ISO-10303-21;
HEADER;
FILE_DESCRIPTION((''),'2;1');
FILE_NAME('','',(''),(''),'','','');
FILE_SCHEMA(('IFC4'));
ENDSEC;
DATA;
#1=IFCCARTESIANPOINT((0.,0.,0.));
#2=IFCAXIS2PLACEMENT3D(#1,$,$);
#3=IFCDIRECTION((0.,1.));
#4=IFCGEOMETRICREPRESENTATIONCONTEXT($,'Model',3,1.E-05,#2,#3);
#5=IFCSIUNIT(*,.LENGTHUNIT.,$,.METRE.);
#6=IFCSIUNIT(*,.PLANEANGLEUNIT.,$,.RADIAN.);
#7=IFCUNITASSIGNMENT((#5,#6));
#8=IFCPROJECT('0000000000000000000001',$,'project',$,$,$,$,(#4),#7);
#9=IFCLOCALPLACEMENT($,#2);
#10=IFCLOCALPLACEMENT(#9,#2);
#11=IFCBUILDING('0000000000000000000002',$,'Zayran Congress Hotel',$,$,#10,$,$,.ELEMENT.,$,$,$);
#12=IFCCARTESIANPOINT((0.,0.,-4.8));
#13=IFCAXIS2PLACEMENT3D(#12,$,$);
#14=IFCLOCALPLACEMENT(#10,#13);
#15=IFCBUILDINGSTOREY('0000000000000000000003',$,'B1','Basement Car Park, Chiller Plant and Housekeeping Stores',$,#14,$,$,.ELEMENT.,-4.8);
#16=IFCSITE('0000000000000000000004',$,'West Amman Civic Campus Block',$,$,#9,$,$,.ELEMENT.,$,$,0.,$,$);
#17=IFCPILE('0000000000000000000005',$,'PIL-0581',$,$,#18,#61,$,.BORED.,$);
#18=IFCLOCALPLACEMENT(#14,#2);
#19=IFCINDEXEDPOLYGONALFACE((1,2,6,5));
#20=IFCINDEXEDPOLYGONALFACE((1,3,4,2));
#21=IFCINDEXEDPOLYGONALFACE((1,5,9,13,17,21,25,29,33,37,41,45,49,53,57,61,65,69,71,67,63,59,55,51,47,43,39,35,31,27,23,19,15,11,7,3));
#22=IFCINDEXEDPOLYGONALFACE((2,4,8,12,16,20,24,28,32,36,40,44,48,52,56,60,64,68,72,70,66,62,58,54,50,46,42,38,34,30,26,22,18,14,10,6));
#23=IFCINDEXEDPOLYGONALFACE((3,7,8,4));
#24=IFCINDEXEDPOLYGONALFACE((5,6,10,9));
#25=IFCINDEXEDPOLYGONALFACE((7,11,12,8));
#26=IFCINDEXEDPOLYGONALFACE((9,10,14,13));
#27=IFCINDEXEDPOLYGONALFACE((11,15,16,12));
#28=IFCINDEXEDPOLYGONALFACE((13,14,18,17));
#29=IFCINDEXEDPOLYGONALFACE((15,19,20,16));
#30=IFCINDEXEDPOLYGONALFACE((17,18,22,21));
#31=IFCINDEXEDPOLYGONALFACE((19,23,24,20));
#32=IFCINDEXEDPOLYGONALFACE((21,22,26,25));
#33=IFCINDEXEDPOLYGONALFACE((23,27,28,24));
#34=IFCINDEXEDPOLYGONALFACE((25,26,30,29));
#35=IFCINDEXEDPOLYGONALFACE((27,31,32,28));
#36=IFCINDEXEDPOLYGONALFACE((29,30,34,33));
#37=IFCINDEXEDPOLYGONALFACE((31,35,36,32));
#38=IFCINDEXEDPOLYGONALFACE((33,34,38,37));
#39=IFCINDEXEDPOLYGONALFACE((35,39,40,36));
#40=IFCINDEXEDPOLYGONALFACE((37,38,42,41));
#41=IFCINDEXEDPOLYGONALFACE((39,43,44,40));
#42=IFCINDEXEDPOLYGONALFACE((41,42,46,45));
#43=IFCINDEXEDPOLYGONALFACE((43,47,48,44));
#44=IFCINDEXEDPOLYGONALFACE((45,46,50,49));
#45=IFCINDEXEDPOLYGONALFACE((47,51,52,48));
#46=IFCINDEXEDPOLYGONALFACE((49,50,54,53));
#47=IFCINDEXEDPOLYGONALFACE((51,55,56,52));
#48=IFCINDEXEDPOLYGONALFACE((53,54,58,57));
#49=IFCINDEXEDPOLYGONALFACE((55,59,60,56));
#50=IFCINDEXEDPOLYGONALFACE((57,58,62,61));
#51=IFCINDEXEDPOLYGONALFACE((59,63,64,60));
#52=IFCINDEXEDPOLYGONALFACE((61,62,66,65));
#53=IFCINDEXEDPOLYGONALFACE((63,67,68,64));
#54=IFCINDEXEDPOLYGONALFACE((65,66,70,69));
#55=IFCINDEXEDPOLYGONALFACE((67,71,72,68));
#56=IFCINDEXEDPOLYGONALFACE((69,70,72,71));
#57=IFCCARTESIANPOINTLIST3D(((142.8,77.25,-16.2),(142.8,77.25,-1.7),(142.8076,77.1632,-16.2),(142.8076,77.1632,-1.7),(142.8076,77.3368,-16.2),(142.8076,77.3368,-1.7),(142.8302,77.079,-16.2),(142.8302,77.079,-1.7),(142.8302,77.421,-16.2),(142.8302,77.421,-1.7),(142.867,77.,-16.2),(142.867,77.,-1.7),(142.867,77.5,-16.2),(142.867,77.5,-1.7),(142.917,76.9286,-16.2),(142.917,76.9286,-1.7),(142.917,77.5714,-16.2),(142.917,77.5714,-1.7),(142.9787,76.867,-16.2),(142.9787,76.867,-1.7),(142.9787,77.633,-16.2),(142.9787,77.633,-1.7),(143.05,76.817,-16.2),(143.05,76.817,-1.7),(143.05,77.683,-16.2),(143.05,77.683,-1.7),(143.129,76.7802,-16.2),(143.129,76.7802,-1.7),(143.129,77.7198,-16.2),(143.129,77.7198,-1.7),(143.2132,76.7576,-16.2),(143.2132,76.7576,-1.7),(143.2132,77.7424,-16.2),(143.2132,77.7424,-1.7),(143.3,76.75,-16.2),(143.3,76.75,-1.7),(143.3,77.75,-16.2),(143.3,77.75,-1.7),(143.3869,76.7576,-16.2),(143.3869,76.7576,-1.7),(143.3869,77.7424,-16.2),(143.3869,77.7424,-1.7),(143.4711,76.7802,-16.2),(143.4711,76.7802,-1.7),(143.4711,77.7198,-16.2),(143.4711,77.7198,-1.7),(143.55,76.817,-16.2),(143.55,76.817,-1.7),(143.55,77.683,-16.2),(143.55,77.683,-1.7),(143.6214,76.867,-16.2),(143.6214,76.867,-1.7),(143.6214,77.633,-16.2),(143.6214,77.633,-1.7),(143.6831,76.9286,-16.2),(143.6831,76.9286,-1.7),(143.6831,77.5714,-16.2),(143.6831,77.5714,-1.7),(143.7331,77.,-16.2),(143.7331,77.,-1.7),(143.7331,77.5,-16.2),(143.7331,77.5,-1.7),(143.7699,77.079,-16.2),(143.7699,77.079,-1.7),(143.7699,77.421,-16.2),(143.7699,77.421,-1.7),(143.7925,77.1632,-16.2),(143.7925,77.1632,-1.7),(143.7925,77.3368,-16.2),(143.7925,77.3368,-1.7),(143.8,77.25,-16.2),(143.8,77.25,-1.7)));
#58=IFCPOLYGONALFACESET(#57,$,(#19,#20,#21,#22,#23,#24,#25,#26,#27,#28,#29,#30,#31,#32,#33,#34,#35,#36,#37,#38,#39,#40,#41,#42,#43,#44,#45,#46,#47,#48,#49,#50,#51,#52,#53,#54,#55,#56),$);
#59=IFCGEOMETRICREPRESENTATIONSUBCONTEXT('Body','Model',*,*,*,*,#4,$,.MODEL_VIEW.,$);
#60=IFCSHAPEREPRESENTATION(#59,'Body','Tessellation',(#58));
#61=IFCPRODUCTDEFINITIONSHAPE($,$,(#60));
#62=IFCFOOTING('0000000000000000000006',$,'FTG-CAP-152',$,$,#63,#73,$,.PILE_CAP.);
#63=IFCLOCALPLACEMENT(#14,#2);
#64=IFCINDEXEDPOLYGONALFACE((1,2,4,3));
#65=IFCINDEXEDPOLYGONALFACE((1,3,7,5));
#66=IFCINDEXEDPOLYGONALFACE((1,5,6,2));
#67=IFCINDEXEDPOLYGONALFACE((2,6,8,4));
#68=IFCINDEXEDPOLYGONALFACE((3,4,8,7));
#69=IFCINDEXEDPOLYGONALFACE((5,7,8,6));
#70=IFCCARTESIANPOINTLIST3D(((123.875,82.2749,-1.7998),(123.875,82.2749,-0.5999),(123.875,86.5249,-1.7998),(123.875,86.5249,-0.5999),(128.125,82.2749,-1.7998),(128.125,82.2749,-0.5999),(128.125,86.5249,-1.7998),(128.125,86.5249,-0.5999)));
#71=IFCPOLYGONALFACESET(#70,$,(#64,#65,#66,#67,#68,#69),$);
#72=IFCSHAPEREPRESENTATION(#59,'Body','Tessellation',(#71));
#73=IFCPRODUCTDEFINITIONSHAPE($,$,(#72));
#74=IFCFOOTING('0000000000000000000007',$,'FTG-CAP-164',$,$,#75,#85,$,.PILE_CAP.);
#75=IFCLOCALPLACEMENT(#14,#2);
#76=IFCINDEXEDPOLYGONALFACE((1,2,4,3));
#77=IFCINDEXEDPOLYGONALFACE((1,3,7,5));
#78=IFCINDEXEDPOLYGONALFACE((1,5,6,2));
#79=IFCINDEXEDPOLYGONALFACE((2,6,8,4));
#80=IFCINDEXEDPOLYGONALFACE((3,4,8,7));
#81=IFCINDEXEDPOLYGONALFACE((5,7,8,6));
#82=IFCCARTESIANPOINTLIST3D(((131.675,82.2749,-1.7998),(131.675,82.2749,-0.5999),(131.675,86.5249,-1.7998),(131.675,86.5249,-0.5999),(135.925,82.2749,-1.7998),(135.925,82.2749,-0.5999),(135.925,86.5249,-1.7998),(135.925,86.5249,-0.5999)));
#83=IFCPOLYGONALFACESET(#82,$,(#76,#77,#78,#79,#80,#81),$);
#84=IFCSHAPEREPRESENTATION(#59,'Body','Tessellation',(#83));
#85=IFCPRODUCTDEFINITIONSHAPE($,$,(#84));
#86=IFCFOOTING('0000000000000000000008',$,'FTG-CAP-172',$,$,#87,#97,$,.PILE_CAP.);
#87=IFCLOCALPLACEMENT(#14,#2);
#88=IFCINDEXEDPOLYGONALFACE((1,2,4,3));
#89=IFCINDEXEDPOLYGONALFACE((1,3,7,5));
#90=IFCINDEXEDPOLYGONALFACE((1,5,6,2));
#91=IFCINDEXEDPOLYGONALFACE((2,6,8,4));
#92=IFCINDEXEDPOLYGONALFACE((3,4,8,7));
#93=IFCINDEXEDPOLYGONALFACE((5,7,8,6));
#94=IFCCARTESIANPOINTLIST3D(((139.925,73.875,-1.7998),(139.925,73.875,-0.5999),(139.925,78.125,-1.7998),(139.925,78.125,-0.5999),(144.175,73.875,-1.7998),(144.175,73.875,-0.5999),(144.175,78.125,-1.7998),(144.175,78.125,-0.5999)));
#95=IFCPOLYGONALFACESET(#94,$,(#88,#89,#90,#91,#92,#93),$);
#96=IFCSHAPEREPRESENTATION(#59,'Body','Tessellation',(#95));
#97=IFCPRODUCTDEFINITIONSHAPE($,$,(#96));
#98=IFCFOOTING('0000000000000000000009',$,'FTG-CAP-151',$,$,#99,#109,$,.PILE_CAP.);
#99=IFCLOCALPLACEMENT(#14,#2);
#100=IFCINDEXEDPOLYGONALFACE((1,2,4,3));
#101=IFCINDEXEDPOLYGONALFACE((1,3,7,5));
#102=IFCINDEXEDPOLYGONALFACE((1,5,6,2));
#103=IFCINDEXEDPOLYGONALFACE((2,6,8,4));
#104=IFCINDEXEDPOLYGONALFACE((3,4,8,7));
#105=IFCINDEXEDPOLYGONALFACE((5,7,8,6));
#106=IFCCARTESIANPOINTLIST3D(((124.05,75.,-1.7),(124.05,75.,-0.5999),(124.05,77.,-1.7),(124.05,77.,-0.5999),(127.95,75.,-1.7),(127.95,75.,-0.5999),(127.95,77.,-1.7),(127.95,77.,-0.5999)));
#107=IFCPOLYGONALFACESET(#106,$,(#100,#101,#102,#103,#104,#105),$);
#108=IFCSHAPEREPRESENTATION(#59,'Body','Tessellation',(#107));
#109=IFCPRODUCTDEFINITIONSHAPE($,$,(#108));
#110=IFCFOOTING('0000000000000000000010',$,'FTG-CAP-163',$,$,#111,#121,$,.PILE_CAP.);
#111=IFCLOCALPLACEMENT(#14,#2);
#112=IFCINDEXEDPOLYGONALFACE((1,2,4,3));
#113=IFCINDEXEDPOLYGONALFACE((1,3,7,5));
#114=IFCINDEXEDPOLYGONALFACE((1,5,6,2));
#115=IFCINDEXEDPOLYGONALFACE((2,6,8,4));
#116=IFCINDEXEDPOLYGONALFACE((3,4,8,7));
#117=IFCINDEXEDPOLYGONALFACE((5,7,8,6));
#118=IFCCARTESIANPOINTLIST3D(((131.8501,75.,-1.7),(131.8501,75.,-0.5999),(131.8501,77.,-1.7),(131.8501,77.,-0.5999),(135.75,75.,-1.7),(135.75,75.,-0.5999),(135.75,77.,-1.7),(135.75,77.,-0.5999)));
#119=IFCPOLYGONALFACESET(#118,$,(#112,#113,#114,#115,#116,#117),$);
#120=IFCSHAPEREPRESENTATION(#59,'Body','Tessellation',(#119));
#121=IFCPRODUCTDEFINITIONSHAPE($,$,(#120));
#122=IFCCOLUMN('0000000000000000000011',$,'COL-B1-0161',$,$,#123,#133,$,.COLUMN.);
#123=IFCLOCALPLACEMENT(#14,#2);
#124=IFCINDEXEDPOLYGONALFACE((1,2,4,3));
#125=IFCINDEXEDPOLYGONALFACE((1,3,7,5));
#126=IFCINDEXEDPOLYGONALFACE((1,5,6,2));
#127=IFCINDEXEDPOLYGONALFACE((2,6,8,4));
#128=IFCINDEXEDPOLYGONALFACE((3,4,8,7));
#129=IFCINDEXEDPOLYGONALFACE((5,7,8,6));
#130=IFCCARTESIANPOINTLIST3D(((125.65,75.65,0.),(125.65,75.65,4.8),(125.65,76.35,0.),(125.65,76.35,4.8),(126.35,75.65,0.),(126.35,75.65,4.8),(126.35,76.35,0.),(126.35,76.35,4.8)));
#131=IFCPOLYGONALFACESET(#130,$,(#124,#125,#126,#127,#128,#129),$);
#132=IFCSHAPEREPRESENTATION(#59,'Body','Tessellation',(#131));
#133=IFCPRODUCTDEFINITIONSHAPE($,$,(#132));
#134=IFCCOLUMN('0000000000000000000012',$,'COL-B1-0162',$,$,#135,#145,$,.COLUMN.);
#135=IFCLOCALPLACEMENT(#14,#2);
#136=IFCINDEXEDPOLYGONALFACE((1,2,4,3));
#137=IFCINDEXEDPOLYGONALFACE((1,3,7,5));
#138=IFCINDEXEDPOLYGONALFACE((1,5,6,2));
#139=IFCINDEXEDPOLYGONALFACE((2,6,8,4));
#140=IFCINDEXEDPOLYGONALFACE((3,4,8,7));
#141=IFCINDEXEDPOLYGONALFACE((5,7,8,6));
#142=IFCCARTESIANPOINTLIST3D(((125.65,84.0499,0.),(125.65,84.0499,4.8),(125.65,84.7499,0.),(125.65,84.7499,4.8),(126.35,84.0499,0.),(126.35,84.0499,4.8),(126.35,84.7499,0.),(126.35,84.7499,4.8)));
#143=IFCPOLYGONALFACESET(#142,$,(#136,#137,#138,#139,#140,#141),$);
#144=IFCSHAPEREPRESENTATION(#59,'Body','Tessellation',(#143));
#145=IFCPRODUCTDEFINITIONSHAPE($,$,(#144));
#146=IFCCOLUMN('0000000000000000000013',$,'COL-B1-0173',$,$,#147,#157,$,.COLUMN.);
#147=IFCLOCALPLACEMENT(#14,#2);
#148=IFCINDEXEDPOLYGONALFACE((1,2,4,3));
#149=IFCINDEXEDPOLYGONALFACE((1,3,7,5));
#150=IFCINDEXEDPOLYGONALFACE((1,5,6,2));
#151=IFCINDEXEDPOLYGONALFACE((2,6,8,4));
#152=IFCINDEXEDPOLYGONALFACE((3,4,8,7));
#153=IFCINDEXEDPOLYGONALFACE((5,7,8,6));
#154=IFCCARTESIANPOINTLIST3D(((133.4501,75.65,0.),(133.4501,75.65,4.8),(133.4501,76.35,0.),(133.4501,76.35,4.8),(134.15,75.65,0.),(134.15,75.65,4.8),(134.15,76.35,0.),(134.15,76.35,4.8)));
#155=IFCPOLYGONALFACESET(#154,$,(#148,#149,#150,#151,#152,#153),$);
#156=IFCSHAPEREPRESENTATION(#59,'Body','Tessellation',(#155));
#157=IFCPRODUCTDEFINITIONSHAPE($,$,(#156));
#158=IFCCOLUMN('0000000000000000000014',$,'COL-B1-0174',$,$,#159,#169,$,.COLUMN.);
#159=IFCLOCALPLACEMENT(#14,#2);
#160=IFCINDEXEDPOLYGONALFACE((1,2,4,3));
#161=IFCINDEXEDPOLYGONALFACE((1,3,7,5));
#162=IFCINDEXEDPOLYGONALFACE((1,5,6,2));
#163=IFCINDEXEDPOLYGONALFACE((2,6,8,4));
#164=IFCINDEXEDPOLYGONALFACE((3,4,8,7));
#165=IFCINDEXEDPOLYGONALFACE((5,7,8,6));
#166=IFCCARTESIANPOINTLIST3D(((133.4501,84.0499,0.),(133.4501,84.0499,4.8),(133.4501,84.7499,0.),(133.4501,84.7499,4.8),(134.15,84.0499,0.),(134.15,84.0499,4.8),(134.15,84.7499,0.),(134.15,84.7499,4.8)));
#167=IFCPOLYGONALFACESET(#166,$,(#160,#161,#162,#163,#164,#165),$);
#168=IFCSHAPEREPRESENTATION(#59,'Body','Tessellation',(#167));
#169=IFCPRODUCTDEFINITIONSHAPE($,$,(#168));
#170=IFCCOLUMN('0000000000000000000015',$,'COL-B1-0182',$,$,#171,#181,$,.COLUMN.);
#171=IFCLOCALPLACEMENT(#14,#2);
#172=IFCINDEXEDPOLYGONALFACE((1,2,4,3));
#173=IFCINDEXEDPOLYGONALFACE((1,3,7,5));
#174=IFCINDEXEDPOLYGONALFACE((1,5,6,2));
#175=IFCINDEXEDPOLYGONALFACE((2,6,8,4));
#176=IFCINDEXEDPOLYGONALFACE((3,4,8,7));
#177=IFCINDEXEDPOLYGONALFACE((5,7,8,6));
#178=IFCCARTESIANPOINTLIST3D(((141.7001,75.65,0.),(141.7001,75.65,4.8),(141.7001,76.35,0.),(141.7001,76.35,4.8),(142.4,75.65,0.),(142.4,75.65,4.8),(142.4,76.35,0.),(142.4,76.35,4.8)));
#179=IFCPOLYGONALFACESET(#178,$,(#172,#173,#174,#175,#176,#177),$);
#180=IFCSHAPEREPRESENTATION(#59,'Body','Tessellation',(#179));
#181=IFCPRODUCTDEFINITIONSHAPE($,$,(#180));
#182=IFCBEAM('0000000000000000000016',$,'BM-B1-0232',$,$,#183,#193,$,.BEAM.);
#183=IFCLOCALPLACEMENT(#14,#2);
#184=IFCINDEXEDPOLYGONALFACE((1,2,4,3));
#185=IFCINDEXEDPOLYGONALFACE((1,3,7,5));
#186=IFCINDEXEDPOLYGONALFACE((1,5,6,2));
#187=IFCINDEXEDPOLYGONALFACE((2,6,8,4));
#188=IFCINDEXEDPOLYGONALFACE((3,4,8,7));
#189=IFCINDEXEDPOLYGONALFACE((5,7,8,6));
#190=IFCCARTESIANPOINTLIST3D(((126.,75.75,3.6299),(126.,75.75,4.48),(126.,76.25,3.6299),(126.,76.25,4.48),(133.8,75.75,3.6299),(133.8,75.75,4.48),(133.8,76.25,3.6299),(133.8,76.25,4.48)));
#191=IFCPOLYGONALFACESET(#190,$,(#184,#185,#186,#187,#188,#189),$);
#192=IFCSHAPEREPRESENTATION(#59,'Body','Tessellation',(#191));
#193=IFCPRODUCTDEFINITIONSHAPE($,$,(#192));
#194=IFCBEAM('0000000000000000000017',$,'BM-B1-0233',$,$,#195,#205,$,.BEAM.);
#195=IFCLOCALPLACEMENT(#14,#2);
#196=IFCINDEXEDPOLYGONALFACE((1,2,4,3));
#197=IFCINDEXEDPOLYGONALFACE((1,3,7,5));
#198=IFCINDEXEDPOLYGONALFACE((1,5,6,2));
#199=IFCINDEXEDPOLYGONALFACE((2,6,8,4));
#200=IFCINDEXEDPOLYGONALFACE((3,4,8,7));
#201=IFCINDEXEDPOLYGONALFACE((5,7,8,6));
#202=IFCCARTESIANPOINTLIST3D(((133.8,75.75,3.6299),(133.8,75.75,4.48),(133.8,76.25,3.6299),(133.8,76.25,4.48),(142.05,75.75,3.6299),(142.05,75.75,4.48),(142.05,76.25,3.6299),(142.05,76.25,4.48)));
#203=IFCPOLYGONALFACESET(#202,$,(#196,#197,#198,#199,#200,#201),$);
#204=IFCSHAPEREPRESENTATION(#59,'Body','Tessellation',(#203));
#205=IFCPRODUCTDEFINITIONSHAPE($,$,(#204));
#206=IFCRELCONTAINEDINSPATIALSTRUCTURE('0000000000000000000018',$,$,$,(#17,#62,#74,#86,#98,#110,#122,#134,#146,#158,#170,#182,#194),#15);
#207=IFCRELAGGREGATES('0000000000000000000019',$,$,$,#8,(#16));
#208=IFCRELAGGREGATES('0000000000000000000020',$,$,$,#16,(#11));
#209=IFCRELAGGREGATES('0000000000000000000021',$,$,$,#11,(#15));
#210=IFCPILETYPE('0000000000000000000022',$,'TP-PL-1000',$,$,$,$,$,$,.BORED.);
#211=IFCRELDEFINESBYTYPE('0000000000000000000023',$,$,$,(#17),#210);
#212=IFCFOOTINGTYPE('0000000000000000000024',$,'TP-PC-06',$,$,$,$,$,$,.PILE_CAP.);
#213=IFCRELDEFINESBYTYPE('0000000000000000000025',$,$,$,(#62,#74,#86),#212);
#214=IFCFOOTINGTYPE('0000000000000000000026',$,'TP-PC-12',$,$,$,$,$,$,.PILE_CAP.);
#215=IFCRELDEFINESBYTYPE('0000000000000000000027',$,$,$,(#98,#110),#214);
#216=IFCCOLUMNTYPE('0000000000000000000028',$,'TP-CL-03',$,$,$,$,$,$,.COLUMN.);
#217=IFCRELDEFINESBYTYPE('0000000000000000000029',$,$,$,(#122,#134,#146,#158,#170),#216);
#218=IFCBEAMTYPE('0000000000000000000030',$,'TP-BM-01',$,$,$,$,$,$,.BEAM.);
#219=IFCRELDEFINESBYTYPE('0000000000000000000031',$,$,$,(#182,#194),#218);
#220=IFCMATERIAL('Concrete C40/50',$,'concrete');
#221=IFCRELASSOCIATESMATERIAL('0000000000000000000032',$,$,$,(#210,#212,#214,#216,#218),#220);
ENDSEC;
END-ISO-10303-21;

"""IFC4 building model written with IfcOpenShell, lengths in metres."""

from ifc_helpers import new_model, si_unit, direction, frame, origin, origin_2d, place, context, subcontext, project, spatial, rectangle, circle, extrude, material, material_profile, profile_set, type_object, element, save


model = new_model("IFC4")

# Units and contexts
model_context = context("Model", 3, precision=1e-05, world=origin(), true_north=direction((0.0, 1.0)))
body_context = subcontext(model_context, "Body", "Model", "MODEL_VIEW")
ifc_project = project(units=[si_unit("LENGTHUNIT", "METRE"), si_unit("PLANEANGLEUNIT", "RADIAN")], contexts=[model_context])

# Site, building, storey
site_placement = place(None, origin())
site = spatial("IfcSite", under=ifc_project, at=site_placement, Name="West Amman Civic Campus Block", CompositionType="ELEMENT", RefElevation=0.0)
building_placement = place(site_placement, origin())
building = spatial("IfcBuilding", under=site, at=building_placement, Name="Zayran Congress Hotel", CompositionType="ELEMENT")
storey_placement = place(building_placement, frame((0.0, 0.0, -4.8)))
storey = spatial("IfcBuildingStorey", under=building, at=storey_placement, Name="B1", Description="Basement Car Park, Chiller Plant and Housekeeping Stores", CompositionType="ELEMENT", Elevation=-4.8)

# Pile
ifc_material_1 = material(Name="Concrete C40/50", Category="concrete")
ifc_material_profile_1 = material_profile(ifc_material_1, circle(Radius=0.5, at=origin_2d()), Name="PILE D1000")
ifc_profile_set_1 = profile_set([ifc_material_profile_1], Name="Concrete C40/50")
pile_type = type_object("IfcPileType", Name="TP-PL-1000", PredefinedType="BORED", material=ifc_profile_set_1)
for number, where, z_axis, x_axis, name in (
    (1, (143.3, 77.25, -1.7), (0.0, 0.0, -1.0), (1.0, 0.0, 0.0), "PIL-0581"),
):
    element("IfcPile", number, at=place(storey_placement, frame(where, z_axis=z_axis, x_axis=x_axis)), inside=storey, type_object=pile_type, Name=name, PredefinedType="BORED", context=body_context, shape_type="SweptSolid", body=[
        extrude(circle(Radius=0.5, at=origin_2d()), origin(), (0.0, 0.0, 1.0), 14.5),
    ])

# Footings
footing_type_1 = type_object("IfcFootingType", Name="TP-PC-06", PredefinedType="PILE_CAP", material=ifc_material_1)
for number, where, z_axis, x_axis, name in (
    (2, (126.0, 84.3999, -1.7998), (0.0, 0.0, 1.0), (1.0, 0.0, 0.0), "FTG-CAP-152"),
    (3, (133.8, 84.3999, -1.7998), (0.0, 0.0, 1.0), (1.0, 0.0, 0.0), "FTG-CAP-164"),
    (4, (142.05, 76.0, -1.7998), (0.0, 0.0, 1.0), (1.0, 0.0, 0.0), "FTG-CAP-172"),
):
    element("IfcFooting", number, at=place(storey_placement, frame(where, z_axis=z_axis, x_axis=x_axis)), inside=storey, type_object=footing_type_1, Name=name, PredefinedType="PILE_CAP", context=body_context, shape_type="SweptSolid", body=[
        extrude(rectangle(XDim=4.25, YDim=4.25, at=origin_2d()), origin(), (0.0, 0.0, 1.0), 1.2),
    ])
footing_type_2 = type_object("IfcFootingType", Name="TP-PC-12", PredefinedType="PILE_CAP", material=ifc_material_1)
for number, where, z_axis, x_axis, name in (
    (5, (126.0, 76.0, -1.7), (0.0, 0.0, 1.0), (1.0, 0.0, 0.0), "FTG-CAP-151"),
    (6, (133.8, 76.0, -1.7), (0.0, 0.0, 1.0), (1.0, 0.0, 0.0), "FTG-CAP-163"),
):
    element("IfcFooting", number, at=place(storey_placement, frame(where, z_axis=z_axis, x_axis=x_axis)), inside=storey, type_object=footing_type_2, Name=name, PredefinedType="PILE_CAP", context=body_context, shape_type="SweptSolid", body=[
        extrude(rectangle(XDim=3.8999, YDim=2.0, at=origin_2d()), origin(), (0.0, 0.0, 1.0), 1.1001),
    ])

# Columns
ifc_material_profile_2 = material_profile(ifc_material_1, rectangle(XDim=0.7, YDim=0.7, at=origin_2d()), Name="RC 700x700")
ifc_profile_set_2 = profile_set([ifc_material_profile_2], Name="Concrete C40/50")
column_type = type_object("IfcColumnType", Name="TP-CL-03", PredefinedType="COLUMN", material=ifc_profile_set_2)
for number, where, z_axis, x_axis, name in (
    (7, (126.0, 76.0, 0.0), (0.0, 0.0, 1.0), (1.0, 0.0, 0.0), "COL-B1-0161"),
    (8, (126.0, 84.3999, 0.0), (0.0, 0.0, 1.0), (1.0, 0.0, 0.0), "COL-B1-0162"),
    (9, (133.8, 76.0, 0.0), (0.0, 0.0, 1.0), (1.0, 0.0, 0.0), "COL-B1-0173"),
    (10, (133.8, 84.3999, 0.0), (0.0, 0.0, 1.0), (1.0, 0.0, 0.0), "COL-B1-0174"),
    (11, (142.05, 76.0, 0.0), (0.0, 0.0, 1.0), (1.0, 0.0, 0.0), "COL-B1-0182"),
):
    element("IfcColumn", number, at=place(storey_placement, frame(where, z_axis=z_axis, x_axis=x_axis)), inside=storey, type_object=column_type, Name=name, PredefinedType="COLUMN", context=body_context, shape_type="SweptSolid", body=[
        extrude(rectangle(XDim=0.7, YDim=0.7, at=origin_2d()), origin(), (0.0, 0.0, 1.0), 4.8),
    ])

# Beams
ifc_material_profile_3 = material_profile(ifc_material_1, rectangle(XDim=0.5, YDim=0.8501, at=origin_2d()), Name="RC 500x850")
ifc_profile_set_3 = profile_set([ifc_material_profile_3], Name="Concrete C40/50")
beam_type = type_object("IfcBeamType", Name="TP-BM-01", PredefinedType="BEAM", material=ifc_profile_set_3)
beam_1_placement = place(storey_placement, frame((126.0, 76.0, 4.0549), z_axis=(1.0, 0.0, 0.0), x_axis=(0.0, 1.0, 0.0)))
element("IfcBeam", 12, at=beam_1_placement, inside=storey, type_object=beam_type, Name="BM-B1-0232", PredefinedType="BEAM", context=body_context, shape_type="SweptSolid", body=[
    extrude(rectangle(XDim=0.5, YDim=0.8501, at=origin_2d()), origin(), (0.0, 0.0, 1.0), 7.8),
])
beam_2_placement = place(storey_placement, frame((133.8, 76.0, 4.0549), z_axis=(1.0, 0.0, 0.0), x_axis=(0.0, 1.0, 0.0)))
element("IfcBeam", 13, at=beam_2_placement, inside=storey, type_object=beam_type, Name="BM-B1-0233", PredefinedType="BEAM", context=body_context, shape_type="SweptSolid", body=[
    extrude(rectangle(XDim=0.5, YDim=0.8501, at=origin_2d()), origin(), (0.0, 0.0, 1.0), 8.25),
])

save(model, "model.ifc")
